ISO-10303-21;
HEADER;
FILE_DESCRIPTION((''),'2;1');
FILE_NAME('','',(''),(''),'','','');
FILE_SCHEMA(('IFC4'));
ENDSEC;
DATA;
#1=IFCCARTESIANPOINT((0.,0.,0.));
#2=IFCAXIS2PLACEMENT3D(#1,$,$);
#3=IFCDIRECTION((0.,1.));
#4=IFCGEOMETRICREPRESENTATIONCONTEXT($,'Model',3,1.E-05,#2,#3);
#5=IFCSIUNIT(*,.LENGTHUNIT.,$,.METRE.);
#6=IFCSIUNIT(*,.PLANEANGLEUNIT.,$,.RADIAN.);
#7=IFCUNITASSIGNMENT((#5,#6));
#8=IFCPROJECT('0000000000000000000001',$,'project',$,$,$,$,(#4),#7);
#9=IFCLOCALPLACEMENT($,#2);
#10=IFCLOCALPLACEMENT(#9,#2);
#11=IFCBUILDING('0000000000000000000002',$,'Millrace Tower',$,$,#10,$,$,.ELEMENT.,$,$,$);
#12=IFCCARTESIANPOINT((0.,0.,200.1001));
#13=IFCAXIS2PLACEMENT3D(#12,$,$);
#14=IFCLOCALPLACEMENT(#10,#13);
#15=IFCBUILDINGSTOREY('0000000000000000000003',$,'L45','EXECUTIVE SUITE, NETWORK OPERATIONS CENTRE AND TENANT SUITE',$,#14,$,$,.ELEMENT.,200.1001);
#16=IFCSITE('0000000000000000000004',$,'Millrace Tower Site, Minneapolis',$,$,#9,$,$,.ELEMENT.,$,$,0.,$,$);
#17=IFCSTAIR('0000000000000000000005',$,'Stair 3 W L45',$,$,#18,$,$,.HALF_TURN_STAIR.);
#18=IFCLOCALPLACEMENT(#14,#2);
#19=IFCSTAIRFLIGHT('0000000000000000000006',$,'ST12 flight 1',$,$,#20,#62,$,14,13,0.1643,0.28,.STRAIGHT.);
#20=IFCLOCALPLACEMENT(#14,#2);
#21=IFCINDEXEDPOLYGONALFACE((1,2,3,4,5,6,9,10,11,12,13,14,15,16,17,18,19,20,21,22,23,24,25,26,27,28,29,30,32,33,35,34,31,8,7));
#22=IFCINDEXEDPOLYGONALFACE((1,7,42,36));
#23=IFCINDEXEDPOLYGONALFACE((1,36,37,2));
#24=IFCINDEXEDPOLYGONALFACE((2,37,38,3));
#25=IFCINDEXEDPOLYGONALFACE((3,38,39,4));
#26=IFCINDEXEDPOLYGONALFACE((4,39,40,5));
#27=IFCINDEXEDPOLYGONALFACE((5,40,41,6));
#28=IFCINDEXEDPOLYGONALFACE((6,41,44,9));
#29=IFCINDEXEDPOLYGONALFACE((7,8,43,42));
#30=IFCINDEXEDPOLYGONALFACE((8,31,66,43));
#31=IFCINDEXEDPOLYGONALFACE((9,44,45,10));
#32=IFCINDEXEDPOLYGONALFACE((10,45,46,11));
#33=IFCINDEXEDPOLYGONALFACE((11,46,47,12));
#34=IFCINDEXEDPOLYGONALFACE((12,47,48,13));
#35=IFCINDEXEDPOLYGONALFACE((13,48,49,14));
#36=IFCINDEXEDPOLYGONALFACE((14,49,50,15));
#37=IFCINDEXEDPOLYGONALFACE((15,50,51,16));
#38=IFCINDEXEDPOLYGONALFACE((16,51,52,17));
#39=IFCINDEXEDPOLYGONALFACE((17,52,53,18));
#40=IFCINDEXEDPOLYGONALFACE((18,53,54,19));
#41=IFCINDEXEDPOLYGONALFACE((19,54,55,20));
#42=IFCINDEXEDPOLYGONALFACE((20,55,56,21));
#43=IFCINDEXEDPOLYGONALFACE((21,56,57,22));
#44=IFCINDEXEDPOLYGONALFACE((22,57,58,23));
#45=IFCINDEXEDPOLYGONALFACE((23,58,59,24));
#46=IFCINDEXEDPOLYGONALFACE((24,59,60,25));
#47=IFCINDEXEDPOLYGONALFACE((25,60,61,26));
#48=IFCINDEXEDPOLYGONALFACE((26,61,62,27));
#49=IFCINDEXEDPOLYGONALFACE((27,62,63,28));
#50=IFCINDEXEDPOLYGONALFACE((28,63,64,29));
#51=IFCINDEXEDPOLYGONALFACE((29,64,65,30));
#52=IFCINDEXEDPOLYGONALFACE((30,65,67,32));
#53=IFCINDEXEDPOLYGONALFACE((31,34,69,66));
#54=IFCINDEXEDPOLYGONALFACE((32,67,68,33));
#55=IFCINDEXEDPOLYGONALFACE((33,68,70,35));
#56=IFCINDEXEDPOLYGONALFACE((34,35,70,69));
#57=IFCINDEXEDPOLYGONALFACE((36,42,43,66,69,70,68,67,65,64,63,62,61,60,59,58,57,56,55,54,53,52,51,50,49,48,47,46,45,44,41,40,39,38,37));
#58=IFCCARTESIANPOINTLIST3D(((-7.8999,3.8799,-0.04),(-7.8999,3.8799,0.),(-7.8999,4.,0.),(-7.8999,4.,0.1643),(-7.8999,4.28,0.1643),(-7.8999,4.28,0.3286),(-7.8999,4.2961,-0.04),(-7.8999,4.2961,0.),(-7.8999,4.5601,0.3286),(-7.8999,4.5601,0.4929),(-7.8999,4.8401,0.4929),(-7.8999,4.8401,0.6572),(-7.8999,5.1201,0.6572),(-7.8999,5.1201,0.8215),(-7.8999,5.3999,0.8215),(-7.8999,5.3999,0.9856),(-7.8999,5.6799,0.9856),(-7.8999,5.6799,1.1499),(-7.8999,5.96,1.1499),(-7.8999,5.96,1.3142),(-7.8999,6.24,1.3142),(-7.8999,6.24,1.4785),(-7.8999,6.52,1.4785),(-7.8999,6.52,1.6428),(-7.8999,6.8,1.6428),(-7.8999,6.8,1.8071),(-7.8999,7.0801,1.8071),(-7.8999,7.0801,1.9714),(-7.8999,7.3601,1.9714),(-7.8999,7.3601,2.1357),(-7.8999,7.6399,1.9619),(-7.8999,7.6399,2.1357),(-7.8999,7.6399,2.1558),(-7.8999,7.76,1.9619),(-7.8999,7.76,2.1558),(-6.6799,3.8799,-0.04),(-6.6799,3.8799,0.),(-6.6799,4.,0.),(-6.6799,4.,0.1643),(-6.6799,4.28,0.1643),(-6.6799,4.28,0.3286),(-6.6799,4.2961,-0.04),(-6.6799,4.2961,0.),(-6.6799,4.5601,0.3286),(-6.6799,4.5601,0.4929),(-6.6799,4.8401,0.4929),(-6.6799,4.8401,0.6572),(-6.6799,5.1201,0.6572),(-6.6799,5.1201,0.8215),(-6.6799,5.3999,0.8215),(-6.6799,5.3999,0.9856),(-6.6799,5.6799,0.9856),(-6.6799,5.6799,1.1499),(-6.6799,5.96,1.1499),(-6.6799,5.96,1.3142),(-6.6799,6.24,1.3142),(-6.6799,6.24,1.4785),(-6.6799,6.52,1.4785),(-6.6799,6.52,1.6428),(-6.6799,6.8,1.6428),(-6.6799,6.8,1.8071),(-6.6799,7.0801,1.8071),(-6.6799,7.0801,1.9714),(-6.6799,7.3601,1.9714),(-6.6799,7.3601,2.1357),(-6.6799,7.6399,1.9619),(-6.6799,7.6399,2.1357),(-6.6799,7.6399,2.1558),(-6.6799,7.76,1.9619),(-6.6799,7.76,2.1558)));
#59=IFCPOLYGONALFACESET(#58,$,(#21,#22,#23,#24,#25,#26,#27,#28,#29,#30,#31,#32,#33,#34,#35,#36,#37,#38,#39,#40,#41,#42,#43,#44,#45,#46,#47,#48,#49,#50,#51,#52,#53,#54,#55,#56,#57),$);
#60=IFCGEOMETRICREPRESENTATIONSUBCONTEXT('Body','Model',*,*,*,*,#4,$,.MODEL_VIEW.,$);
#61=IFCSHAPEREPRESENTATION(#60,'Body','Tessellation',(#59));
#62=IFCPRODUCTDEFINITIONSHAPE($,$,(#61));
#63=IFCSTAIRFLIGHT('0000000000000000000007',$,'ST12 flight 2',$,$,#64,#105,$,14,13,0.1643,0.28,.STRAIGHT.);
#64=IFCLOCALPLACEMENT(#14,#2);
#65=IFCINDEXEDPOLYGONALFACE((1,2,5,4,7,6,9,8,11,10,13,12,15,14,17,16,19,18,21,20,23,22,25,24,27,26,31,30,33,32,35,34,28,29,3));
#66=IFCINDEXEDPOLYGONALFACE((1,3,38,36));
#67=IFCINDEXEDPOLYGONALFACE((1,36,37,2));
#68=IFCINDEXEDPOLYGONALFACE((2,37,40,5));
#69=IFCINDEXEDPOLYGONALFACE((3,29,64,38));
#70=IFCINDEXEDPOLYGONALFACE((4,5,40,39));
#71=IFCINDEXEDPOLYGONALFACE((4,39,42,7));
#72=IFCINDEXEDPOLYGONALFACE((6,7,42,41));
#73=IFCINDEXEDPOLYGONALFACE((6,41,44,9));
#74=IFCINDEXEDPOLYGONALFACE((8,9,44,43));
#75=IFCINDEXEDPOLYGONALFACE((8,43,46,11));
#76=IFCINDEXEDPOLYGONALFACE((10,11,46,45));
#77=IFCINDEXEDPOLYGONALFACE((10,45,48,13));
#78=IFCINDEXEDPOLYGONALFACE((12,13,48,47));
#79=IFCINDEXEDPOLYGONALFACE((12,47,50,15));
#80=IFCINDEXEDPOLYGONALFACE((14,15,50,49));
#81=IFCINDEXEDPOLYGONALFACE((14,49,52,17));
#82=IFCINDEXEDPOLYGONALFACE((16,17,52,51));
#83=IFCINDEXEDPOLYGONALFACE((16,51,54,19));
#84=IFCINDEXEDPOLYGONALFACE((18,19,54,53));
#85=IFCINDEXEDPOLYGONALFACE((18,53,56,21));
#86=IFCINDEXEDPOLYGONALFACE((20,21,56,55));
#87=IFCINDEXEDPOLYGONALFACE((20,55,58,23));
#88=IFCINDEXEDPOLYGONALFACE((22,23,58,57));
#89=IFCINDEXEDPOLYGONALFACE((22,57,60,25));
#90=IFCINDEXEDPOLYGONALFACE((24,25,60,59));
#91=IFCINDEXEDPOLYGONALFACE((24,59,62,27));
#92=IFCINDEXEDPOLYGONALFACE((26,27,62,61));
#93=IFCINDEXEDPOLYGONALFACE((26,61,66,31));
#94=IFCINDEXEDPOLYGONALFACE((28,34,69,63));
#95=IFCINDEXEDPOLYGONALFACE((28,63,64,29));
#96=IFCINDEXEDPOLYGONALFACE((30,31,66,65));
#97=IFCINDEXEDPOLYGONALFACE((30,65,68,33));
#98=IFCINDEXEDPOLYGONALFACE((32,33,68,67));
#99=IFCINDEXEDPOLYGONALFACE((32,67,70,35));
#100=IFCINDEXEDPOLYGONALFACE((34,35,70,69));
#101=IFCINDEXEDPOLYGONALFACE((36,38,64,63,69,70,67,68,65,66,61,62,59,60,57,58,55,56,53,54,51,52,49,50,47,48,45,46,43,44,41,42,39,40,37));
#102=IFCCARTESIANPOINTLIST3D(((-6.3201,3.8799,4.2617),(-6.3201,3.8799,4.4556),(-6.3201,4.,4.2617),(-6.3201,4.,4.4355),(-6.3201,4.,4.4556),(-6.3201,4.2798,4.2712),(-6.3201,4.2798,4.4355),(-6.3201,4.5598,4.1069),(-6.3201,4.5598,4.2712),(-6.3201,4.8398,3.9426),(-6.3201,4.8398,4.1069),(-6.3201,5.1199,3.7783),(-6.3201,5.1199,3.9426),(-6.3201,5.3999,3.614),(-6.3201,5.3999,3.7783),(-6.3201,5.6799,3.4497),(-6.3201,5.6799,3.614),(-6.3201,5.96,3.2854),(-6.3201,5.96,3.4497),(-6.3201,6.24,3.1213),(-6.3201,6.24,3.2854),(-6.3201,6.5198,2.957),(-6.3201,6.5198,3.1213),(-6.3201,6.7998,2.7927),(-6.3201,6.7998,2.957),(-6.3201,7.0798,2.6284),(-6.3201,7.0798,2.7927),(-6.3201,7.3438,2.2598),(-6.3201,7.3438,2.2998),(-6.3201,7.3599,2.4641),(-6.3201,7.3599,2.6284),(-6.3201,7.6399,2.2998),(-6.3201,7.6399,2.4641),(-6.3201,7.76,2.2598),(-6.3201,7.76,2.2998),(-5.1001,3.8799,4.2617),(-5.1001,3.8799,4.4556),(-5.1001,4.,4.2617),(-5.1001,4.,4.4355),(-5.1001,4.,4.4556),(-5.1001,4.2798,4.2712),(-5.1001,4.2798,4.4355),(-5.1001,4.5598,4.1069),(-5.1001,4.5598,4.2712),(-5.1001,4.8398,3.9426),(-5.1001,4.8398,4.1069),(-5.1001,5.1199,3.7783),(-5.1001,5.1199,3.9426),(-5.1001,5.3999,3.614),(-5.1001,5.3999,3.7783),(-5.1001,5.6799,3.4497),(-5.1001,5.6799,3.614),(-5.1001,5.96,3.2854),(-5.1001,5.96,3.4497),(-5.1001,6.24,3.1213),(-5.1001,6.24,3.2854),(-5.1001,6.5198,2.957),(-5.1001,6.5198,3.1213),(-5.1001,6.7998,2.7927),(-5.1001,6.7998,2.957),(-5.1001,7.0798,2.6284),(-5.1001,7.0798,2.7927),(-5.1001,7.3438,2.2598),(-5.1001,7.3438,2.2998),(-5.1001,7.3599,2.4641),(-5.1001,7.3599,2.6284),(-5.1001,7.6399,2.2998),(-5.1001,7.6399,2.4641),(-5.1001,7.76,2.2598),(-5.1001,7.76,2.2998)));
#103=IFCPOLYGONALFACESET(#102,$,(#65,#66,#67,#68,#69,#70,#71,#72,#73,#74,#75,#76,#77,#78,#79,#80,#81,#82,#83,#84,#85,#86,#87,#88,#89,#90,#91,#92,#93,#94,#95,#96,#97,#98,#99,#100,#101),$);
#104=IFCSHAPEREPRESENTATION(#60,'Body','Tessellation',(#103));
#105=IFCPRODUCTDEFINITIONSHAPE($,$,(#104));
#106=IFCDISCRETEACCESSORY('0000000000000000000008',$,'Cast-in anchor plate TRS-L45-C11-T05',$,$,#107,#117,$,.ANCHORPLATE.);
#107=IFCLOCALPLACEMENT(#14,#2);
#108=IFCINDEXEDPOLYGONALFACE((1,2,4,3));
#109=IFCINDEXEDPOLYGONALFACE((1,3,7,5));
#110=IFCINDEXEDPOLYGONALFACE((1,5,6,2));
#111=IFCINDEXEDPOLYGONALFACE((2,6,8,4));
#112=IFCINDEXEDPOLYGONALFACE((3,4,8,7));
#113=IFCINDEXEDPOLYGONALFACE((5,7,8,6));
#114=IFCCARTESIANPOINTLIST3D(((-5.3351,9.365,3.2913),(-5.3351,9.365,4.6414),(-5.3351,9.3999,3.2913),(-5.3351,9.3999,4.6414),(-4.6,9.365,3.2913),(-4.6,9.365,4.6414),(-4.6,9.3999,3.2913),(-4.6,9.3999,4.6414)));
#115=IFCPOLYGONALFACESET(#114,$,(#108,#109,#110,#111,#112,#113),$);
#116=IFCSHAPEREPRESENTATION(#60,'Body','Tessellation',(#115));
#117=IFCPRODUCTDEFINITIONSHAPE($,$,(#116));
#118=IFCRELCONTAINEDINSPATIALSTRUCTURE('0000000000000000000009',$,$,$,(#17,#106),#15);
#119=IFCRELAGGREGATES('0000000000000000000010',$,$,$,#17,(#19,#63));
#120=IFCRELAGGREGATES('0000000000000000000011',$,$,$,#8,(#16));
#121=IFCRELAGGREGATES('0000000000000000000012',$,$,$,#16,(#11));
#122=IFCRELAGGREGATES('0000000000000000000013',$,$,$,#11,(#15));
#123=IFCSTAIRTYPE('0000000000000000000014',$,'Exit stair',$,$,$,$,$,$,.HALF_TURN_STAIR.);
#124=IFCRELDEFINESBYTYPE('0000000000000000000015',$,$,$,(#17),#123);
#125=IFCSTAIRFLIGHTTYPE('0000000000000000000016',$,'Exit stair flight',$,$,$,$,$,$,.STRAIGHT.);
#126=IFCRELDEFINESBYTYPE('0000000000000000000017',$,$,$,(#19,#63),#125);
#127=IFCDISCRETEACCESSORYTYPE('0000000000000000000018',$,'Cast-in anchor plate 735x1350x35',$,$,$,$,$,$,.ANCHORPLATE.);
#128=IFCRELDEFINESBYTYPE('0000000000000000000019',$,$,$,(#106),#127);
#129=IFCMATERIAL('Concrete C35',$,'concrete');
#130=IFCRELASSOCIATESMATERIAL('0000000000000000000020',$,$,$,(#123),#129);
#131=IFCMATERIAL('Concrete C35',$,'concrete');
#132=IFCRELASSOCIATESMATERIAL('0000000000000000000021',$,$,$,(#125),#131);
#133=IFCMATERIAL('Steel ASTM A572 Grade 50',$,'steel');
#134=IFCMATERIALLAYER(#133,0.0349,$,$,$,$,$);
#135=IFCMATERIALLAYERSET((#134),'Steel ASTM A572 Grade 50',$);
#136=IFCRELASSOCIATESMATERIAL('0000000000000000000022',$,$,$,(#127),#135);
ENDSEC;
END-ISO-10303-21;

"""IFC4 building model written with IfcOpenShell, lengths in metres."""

from ifc_helpers import new_model, si_unit, direction, frame, origin, origin_2d, place, context, subcontext, project, spatial, polyline, rectangle, outline, extrude, material, layer, layer_set, type_object, element, aggregate, save


model = new_model("IFC4")

# Units and contexts
model_context = context("Model", 3, precision=1e-05, world=origin(), true_north=direction((0.0, 1.0)))
body_context = subcontext(model_context, "Body", "Model", "MODEL_VIEW")
ifc_project = project(units=[si_unit("LENGTHUNIT", "METRE"), si_unit("PLANEANGLEUNIT", "RADIAN")], contexts=[model_context])

# Site, building, storey
site_placement = place(None, origin())
site = spatial("IfcSite", under=ifc_project, at=site_placement, Name="Millrace Tower Site, Minneapolis", CompositionType="ELEMENT", RefElevation=0.0)
building_placement = place(site_placement, origin())
building = spatial("IfcBuilding", under=site, at=building_placement, Name="Millrace Tower", CompositionType="ELEMENT")
storey_placement = place(building_placement, frame((0.0, 0.0, 200.1001)))
storey = spatial("IfcBuildingStorey", under=building, at=storey_placement, Name="L45", Description="EXECUTIVE SUITE, NETWORK OPERATIONS CENTRE AND TENANT SUITE", CompositionType="ELEMENT", Elevation=200.1001)

# Shared definitions
ifc_material_1 = material(Name="Concrete C35", Category="concrete")
stair_type = type_object("IfcStairType", Name="Exit stair", PredefinedType="HALF_TURN_STAIR", material=ifc_material_1)
placement = place(storey_placement, origin())
ifc_material_2 = material(Name="Concrete C35", Category="concrete")
stair_flight_type = type_object("IfcStairFlightType", Name="Exit stair flight", PredefinedType="STRAIGHT", material=ifc_material_2)

# Stair, stair flights
stair_1 = element("IfcStair", 1, at=placement, inside=storey, type_object=stair_type, Name="Stair 3 W L45", PredefinedType="HALF_TURN_STAIR")
stair_flight_1_placement = place(storey_placement, frame((-7.29, 4.0, 0.0), z_axis=(0.0, 0.0, 1.0), x_axis=(0.0, 1.0, 0.0)))
stair_flight_1 = element("IfcStairFlight", 2, at=stair_flight_1_placement, type_object=stair_flight_type, Name="ST12 flight 1", NumberOfRisers=14, NumberOfTreads=13, PredefinedType="STRAIGHT", RiserHeight=0.1643, TreadLength=0.28, context=body_context, shape_type="SweptSolid", body=[
    extrude(outline(polyline([(-0.1201, -0.04), (-0.1201, 0.0), (0.0, 0.0), (0.0, 0.1643), (0.28, 0.1643), (0.28, 0.3286), (0.5601, 0.3286), (0.5601, 0.4929), (0.8401, 0.4929), (0.8401, 0.6572), (1.1201, 0.6572), (1.1201, 0.8215), (1.3999, 0.8215), (1.3999, 0.9856), (1.6799, 0.9856), (1.6799, 1.1499), (1.96, 1.1499), (1.96, 1.3142), (2.24, 1.3142), (2.24, 1.4785), (2.52, 1.4785), (2.52, 1.6428), (2.8, 1.6428), (2.8, 1.8071), (3.0801, 1.8071), (3.0801, 1.9714), (3.3601, 1.9714), (3.3601, 2.1357), (3.6399, 2.1357), (3.6399, 2.1558), (3.76, 2.1558), (3.76, 1.9619), (3.6399, 1.9619), (0.2961, 0.0), (0.2961, -0.04), (-0.1201, -0.04)])), frame((0.0, 0.6099, 0.0), z_axis=(0.0, -1.0, 0.0), x_axis=(1.0, 0.0, 0.0)), (0.0, 0.0, 1.0), 1.22),
])
stair_flight_2_placement = place(storey_placement, frame((-5.71, 7.6399, 2.2998), z_axis=(0.0, 0.0, 1.0), x_axis=(0.0, -1.0, 0.0)))
stair_flight_2 = element("IfcStairFlight", 3, at=stair_flight_2_placement, type_object=stair_flight_type, Name="ST12 flight 2", NumberOfRisers=14, NumberOfTreads=13, PredefinedType="STRAIGHT", RiserHeight=0.1643, TreadLength=0.28, context=body_context, shape_type="SweptSolid", body=[
    extrude(outline(polyline([(-0.1201, -0.04), (-0.1201, 0.0), (0.0, 0.0), (0.0, 0.1643), (0.28, 0.1643), (0.28, 0.3286), (0.5601, 0.3286), (0.5601, 0.4929), (0.8401, 0.4929), (0.8401, 0.6572), (1.1201, 0.6572), (1.1201, 0.8215), (1.3999, 0.8215), (1.3999, 0.9856), (1.6799, 0.9856), (1.6799, 1.1499), (1.96, 1.1499), (1.96, 1.3142), (2.24, 1.3142), (2.24, 1.4785), (2.52, 1.4785), (2.52, 1.6428), (2.8, 1.6428), (2.8, 1.8071), (3.0801, 1.8071), (3.0801, 1.9714), (3.3601, 1.9714), (3.3601, 2.1357), (3.6399, 2.1357), (3.6399, 2.1558), (3.76, 2.1558), (3.76, 1.9619), (3.6399, 1.9619), (0.2961, 0.0), (0.2961, -0.04), (-0.1201, -0.04)])), frame((0.0, 0.6099, 0.0), z_axis=(0.0, -1.0, 0.0), x_axis=(1.0, 0.0, 0.0)), (0.0, 0.0, 1.0), 1.22),
])
aggregate(stair_1, [stair_flight_1, stair_flight_2])

# Discrete accessory
ifc_material_3 = material(Name="Steel ASTM A572 Grade 50", Category="steel")
ifc_layer_1 = layer(ifc_material_3, 0.0349)
ifc_layer_set_1 = layer_set([ifc_layer_1], Name="Steel ASTM A572 Grade 50")
discrete_accessory_type = type_object("IfcDiscreteAccessoryType", Name="Cast-in anchor plate 735x1350x35", PredefinedType="ANCHORPLATE", material=ifc_layer_set_1)
discrete_accessory_placement = place(storey_placement, frame((-4.9675, 9.365, 3.9663), z_axis=(0.0, 1.0, 0.0), x_axis=(-1.0, 0.0, 0.0)))
element("IfcDiscreteAccessory", 4, at=discrete_accessory_placement, inside=storey, type_object=discrete_accessory_type, Name="Cast-in anchor plate TRS-L45-C11-T05", PredefinedType="ANCHORPLATE", context=body_context, shape_type="SweptSolid", body=[
    extrude(rectangle(XDim=0.7351, YDim=1.3501, at=origin_2d()), origin(), (0.0, 0.0, 1.0), 0.0349),
])

save(model, "model.ifc")
